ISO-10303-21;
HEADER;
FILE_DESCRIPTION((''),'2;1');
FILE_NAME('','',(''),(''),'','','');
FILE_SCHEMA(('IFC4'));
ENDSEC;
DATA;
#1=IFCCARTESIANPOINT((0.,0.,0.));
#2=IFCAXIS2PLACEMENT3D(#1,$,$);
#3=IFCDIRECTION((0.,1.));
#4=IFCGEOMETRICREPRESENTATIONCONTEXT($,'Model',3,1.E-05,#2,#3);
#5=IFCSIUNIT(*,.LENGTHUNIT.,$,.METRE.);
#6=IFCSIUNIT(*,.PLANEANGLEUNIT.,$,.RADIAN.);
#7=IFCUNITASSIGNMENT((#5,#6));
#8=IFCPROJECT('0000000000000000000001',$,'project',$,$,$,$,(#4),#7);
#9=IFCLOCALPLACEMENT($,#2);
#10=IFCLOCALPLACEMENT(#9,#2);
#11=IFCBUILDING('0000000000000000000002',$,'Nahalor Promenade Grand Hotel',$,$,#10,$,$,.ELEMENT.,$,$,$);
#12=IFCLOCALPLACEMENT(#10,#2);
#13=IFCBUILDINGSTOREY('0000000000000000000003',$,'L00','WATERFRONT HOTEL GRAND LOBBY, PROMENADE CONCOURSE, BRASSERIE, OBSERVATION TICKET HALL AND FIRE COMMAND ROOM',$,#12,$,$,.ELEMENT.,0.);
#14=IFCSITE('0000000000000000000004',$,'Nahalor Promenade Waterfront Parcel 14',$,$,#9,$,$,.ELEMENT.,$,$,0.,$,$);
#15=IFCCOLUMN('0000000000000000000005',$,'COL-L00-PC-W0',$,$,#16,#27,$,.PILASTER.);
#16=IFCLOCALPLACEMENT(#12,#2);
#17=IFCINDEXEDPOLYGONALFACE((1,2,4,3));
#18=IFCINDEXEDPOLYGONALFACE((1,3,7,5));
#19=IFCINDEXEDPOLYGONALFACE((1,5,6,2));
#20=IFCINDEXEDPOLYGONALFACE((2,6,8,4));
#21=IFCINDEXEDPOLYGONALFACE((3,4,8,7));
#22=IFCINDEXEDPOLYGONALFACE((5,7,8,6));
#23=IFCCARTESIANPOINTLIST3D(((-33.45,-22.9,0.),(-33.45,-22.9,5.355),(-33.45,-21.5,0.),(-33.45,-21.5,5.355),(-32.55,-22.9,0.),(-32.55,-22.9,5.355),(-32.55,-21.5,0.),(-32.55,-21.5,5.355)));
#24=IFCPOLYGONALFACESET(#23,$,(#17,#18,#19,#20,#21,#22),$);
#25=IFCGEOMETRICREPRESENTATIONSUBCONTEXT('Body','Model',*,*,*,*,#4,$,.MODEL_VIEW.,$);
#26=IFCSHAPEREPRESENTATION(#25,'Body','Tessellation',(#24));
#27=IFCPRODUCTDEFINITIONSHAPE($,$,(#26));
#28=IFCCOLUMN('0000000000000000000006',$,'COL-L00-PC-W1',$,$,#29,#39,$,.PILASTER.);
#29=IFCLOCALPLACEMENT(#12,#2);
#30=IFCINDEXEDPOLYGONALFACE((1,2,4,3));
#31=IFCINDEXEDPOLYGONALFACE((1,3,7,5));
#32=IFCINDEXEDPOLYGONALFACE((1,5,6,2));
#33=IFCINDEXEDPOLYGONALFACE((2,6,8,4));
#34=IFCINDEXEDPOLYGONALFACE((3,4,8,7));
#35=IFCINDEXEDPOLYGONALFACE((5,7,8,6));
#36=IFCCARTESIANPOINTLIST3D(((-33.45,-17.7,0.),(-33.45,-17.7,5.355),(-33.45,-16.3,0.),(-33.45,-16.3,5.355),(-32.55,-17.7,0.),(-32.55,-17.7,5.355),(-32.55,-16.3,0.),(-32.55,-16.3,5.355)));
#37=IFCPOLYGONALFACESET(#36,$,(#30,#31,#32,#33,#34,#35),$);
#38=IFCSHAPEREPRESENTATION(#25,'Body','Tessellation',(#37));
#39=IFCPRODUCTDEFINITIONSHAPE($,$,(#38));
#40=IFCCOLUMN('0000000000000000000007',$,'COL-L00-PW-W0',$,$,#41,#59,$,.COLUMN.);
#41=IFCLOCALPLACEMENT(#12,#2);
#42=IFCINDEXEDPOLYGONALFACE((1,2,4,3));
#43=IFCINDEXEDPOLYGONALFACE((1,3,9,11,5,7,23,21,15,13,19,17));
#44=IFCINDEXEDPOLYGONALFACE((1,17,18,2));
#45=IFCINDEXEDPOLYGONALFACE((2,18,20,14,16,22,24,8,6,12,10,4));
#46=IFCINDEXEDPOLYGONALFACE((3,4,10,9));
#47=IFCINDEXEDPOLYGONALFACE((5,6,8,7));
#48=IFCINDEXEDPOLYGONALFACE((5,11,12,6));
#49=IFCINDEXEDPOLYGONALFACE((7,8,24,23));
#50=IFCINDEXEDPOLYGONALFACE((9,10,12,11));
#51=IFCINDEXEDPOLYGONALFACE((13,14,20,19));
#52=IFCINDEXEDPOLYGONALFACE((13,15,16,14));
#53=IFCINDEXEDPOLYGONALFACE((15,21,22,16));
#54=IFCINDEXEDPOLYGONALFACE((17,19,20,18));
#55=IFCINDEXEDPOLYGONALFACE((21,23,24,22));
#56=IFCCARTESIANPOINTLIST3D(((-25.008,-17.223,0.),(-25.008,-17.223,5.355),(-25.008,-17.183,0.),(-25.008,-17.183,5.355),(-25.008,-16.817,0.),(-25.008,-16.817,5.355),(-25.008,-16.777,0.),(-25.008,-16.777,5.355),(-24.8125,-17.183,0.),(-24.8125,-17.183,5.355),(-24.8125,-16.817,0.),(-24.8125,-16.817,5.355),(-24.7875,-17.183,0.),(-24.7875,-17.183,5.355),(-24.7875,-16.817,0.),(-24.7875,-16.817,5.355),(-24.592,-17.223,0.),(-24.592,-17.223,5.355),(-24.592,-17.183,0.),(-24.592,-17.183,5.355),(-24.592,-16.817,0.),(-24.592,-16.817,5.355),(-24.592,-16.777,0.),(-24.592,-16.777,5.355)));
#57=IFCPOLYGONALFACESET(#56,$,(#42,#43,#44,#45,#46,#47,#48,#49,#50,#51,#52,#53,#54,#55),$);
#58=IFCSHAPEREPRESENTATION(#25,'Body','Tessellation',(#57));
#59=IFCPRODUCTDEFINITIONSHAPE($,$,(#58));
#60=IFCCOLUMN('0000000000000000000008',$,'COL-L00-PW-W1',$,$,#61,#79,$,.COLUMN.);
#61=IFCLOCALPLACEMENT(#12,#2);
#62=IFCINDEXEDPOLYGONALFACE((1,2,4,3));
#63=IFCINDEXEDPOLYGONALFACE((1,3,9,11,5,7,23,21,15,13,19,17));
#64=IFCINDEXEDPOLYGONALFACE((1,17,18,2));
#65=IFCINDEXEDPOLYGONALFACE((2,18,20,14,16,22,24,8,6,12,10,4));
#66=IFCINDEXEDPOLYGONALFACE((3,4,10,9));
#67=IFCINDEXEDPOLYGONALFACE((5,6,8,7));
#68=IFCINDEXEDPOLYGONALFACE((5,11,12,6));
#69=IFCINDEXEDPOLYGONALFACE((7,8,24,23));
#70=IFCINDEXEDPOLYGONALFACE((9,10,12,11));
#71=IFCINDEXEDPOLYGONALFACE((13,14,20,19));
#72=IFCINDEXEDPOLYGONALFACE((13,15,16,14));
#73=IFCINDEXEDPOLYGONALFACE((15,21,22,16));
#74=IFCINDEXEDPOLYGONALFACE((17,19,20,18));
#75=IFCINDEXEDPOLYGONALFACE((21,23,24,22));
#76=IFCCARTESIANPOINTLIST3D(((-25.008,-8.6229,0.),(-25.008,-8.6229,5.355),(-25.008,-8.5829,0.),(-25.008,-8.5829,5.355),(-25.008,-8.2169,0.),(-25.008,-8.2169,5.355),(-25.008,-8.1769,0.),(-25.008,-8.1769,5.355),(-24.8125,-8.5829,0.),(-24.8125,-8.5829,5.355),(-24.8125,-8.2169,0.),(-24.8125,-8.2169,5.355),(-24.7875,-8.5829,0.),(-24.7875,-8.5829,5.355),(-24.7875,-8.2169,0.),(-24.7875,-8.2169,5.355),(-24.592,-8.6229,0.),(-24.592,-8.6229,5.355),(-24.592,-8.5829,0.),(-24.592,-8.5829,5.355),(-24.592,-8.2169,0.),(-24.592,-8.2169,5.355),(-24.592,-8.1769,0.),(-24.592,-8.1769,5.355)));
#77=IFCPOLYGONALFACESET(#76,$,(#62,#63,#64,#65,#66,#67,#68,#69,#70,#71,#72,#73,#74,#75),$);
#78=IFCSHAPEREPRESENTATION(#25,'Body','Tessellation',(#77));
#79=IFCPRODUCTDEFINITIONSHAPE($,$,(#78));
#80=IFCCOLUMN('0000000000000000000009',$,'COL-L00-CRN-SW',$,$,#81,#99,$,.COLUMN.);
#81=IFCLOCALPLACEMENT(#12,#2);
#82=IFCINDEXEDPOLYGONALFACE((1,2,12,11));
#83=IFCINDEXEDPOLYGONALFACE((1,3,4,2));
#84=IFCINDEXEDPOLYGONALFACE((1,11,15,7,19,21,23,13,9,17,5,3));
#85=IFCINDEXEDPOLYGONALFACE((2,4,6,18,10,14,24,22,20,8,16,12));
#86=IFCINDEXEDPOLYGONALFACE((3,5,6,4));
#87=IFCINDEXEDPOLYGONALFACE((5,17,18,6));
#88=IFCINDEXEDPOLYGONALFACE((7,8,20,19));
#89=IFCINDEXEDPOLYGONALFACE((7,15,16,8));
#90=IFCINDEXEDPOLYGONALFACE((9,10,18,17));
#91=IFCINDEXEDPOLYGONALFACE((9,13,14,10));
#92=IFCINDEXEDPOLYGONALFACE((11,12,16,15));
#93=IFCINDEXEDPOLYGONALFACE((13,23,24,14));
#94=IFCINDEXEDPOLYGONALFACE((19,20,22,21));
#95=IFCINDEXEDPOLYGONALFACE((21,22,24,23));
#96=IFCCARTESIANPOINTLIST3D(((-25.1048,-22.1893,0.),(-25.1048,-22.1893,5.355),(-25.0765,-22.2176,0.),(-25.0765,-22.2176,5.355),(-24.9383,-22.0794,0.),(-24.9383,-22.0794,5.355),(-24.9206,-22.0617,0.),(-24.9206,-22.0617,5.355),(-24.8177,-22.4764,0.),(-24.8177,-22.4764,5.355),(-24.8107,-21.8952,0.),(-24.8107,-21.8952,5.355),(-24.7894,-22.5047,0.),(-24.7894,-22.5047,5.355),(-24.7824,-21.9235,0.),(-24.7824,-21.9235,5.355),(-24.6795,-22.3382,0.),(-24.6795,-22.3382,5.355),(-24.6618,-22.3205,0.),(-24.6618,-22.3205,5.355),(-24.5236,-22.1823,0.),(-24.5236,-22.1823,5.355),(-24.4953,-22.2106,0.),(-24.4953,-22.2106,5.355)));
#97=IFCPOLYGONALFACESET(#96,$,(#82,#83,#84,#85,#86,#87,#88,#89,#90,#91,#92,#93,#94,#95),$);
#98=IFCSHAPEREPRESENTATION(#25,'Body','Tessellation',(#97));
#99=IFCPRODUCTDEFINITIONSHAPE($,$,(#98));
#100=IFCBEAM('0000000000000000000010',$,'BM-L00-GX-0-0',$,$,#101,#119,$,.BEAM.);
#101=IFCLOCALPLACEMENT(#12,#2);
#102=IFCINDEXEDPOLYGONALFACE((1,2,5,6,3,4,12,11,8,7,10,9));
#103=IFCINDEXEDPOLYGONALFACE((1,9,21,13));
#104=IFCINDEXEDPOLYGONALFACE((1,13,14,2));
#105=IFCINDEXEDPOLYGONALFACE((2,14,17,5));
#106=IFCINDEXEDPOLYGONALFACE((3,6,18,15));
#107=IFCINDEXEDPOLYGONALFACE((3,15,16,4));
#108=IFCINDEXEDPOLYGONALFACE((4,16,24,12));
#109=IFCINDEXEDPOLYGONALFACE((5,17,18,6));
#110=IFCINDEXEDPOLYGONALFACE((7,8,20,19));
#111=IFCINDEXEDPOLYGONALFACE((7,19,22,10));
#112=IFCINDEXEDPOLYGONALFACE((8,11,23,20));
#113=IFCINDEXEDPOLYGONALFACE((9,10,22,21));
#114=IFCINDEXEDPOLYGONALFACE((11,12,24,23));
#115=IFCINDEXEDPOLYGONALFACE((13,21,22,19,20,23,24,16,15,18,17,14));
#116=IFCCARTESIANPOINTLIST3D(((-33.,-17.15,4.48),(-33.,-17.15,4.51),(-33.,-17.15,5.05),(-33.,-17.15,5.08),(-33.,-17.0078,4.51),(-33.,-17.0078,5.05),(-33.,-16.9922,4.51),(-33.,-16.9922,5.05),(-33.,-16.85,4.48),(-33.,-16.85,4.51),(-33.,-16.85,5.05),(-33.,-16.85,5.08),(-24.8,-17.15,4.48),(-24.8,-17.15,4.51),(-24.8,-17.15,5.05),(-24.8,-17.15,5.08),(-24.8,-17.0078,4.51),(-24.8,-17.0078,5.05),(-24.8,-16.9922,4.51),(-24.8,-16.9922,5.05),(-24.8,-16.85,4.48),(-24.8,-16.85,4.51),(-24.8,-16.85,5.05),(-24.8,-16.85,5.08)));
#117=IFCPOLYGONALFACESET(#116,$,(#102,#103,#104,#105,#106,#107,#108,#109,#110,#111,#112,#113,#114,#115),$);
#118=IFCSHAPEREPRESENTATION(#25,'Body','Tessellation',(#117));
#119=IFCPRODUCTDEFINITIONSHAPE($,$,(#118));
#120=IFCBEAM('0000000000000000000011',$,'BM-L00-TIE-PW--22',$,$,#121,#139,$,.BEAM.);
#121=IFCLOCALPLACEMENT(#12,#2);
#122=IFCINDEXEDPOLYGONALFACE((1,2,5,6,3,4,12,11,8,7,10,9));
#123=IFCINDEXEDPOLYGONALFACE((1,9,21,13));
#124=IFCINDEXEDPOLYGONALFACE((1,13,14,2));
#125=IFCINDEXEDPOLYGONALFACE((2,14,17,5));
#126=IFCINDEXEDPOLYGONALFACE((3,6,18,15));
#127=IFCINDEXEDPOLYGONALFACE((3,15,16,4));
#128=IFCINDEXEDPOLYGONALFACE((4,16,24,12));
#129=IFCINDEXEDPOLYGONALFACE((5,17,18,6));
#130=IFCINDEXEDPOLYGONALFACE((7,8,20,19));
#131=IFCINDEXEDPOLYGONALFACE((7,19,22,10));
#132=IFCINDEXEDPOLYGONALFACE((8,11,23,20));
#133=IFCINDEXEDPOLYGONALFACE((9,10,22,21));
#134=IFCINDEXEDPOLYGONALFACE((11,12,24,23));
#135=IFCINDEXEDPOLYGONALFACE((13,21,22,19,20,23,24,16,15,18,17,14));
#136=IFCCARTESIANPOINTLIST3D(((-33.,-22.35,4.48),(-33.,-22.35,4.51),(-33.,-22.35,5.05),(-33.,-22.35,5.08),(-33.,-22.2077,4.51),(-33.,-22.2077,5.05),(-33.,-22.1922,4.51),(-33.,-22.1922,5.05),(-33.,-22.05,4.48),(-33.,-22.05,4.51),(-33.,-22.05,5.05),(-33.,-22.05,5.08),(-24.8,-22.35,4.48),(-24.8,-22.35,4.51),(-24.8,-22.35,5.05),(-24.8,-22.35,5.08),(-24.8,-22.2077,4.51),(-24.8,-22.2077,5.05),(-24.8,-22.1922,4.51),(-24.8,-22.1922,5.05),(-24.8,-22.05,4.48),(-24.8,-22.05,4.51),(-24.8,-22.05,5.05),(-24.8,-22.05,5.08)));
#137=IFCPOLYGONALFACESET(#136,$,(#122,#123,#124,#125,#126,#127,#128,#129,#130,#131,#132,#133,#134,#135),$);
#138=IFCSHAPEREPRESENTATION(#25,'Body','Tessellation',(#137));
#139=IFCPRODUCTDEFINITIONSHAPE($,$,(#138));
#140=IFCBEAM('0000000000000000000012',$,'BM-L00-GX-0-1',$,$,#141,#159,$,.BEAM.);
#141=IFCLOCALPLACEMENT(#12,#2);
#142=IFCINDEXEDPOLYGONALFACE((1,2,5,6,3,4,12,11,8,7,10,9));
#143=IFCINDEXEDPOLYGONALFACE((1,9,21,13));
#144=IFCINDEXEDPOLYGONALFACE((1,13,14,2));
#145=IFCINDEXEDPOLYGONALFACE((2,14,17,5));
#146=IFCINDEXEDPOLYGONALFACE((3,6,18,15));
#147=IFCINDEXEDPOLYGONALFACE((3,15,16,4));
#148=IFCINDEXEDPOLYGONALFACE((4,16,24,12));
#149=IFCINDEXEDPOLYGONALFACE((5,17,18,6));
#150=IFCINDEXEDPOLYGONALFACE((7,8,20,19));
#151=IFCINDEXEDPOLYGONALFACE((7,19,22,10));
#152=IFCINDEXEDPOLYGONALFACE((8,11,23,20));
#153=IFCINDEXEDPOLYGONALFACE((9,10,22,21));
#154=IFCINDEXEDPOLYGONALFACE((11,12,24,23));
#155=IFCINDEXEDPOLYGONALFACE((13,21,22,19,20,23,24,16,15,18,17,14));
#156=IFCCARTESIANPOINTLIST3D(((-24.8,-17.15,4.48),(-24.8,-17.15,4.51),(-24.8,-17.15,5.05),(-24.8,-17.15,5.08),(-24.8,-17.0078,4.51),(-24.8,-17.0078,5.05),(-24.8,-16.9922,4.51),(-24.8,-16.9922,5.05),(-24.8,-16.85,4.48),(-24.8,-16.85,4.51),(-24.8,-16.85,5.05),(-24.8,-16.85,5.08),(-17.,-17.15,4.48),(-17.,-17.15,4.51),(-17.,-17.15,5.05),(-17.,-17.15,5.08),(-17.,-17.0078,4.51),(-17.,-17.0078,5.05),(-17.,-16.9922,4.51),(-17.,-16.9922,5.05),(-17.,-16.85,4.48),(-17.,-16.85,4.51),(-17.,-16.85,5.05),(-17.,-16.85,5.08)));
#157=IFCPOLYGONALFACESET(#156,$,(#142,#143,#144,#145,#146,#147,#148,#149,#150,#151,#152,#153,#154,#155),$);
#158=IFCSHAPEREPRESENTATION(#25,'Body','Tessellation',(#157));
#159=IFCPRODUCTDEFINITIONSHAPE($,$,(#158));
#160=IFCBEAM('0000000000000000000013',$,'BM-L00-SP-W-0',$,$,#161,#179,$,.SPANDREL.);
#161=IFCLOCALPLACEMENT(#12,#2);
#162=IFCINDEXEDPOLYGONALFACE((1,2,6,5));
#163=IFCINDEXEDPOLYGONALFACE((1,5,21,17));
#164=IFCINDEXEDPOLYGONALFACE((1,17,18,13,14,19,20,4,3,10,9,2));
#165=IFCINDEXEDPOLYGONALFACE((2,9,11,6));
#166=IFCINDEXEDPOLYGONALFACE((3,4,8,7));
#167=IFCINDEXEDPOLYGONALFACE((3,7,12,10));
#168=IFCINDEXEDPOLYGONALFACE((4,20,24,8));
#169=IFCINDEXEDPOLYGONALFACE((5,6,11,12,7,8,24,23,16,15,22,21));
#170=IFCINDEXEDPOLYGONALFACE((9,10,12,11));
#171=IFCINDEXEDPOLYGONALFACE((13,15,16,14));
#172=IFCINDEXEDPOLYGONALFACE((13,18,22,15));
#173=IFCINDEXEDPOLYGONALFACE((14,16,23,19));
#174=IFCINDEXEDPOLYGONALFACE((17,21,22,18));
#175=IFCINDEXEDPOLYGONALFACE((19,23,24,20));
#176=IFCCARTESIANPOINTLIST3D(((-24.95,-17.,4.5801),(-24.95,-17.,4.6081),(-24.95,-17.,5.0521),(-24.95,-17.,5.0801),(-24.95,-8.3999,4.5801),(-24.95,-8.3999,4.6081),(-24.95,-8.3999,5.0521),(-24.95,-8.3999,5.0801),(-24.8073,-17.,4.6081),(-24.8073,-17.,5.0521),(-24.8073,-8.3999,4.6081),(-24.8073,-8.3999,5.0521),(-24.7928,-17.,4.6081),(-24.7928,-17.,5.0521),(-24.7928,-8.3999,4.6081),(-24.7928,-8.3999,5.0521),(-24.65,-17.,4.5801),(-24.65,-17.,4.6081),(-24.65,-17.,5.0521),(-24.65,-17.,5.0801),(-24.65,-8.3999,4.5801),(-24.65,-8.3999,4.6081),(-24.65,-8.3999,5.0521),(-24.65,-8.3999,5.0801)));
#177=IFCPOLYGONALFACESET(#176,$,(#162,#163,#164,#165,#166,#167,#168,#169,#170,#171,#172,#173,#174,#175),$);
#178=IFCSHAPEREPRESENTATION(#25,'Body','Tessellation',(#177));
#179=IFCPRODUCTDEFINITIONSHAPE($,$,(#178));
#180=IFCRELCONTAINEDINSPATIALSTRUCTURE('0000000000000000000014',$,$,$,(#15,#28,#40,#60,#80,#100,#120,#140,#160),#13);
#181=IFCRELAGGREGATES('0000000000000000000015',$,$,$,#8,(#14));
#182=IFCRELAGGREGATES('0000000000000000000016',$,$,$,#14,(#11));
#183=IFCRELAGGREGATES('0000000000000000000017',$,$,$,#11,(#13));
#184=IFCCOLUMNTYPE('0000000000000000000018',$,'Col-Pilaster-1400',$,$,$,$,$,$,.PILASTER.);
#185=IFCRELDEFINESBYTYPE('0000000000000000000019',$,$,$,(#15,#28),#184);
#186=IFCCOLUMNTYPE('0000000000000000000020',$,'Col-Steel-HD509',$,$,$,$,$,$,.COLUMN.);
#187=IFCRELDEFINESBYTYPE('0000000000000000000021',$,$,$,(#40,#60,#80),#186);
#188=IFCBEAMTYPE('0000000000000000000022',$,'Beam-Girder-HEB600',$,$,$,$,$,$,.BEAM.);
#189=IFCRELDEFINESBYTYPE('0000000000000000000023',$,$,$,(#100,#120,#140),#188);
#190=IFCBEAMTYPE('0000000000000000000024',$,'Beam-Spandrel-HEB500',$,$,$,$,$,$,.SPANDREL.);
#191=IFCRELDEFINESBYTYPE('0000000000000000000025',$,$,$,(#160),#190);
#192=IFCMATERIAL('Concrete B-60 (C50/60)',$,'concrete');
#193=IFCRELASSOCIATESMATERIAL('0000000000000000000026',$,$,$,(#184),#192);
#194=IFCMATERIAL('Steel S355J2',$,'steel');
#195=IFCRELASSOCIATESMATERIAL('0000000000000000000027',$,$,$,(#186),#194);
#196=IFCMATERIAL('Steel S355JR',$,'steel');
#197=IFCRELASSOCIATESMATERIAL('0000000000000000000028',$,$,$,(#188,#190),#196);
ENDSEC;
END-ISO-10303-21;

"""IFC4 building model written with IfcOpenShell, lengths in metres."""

from ifc_helpers import new_model, si_unit, direction, frame, origin, origin_2d, place, context, subcontext, project, spatial, rectangle, i_section, extrude, source, transform, mapped, material, material_profile, profile_set, type_object, element, save


model = new_model("IFC4")

# Units and contexts
model_context = context("Model", 3, precision=1e-05, world=origin(), true_north=direction((0.0, 1.0)))
body_context = subcontext(model_context, "Body", "Model", "MODEL_VIEW")
ifc_project = project(units=[si_unit("LENGTHUNIT", "METRE"), si_unit("PLANEANGLEUNIT", "RADIAN")], contexts=[model_context])

# Site, building, storey
site_placement = place(None, origin())
site = spatial("IfcSite", under=ifc_project, at=site_placement, Name="Nahalor Promenade Waterfront Parcel 14", CompositionType="ELEMENT", RefElevation=0.0)
building_placement = place(site_placement, origin())
building = spatial("IfcBuilding", under=site, at=building_placement, Name="Nahalor Promenade Grand Hotel", CompositionType="ELEMENT")
storey_placement = place(building_placement, origin())
storey = spatial("IfcBuildingStorey", under=building, at=storey_placement, Name="L00", Description="WATERFRONT HOTEL GRAND LOBBY, PROMENADE CONCOURSE, BRASSERIE, OBSERVATION TICKET HALL AND FIRE COMMAND ROOM", CompositionType="ELEMENT", Elevation=0.0)

# Columns
ifc_material_1 = material(Name="Concrete B-60 (C50/60)", Category="concrete")
ifc_material_profile_1 = material_profile(ifc_material_1, rectangle(XDim=0.9, YDim=1.4, at=origin_2d()), Name="RC 900x1400")
ifc_profile_set_1 = profile_set([ifc_material_profile_1], Name="Concrete B-60 (C50/60)")
column_type_1 = type_object("IfcColumnType", Name="Col-Pilaster-1400", PredefinedType="PILASTER", material=ifc_profile_set_1)
shared_shape_1 = source(origin(), body_context, "Body", "SweptSolid", [
    extrude(rectangle(XDim=0.9, YDim=1.4, at=origin_2d()), origin(), (0.0, 0.0, 1.0), 5.355),
])
for number, where, z_axis, x_axis, name in (
    (1, (-33.0, -22.2, 0.0), (0.0, 0.0, 1.0), (1.0, 0.0, 0.0), "COL-L00-PC-W0"),
    (2, (-33.0, -17.0, 0.0), (0.0, 0.0, 1.0), (1.0, 0.0, 0.0), "COL-L00-PC-W1"),
):
    element("IfcColumn", number, at=place(storey_placement, frame(where, z_axis=z_axis, x_axis=x_axis)), inside=storey, type_object=column_type_1, Name=name, PredefinedType="PILASTER", context=body_context, shape_type="MappedRepresentation", body=[
        mapped(shared_shape_1, transform((0.0, 0.0, 0.0), scale=1.0)),
    ])
ifc_material_2 = material(Name="Steel S355J2", Category="steel")
ifc_material_profile_2 = material_profile(ifc_material_2, i_section(OverallWidth=0.416, OverallDepth=0.446, WebThickness=0.025, FlangeThickness=0.04, at=origin_2d()), Name="HD 400x509")
ifc_profile_set_2 = profile_set([ifc_material_profile_2], Name="Steel S355J2")
column_type_2 = type_object("IfcColumnType", Name="Col-Steel-HD509", PredefinedType="COLUMN", material=ifc_profile_set_2)
shared_shape_2 = source(origin(), body_context, "Body", "SweptSolid", [
    extrude(i_section(OverallWidth=0.416, OverallDepth=0.446, WebThickness=0.025, FlangeThickness=0.04, at=origin_2d()), origin(), (0.0, 0.0, 1.0), 5.355),
])
for number, where, z_axis, x_axis, name in (
    (3, (-24.8, -17.0, 0.0), (0.0, 0.0, 1.0), (1.0, 0.0, 0.0), "COL-L00-PW-W0"),
    (4, (-24.8, -8.3999, 0.0), (0.0, 0.0, 1.0), (1.0, 0.0, 0.0), "COL-L00-PW-W1"),
    (5, (-24.8, -22.2, 0.0), (0.0, 0.0, 1.0), (0.707107, 0.707107, 0.0), "COL-L00-CRN-SW"),
):
    element("IfcColumn", number, at=place(storey_placement, frame(where, z_axis=z_axis, x_axis=x_axis)), inside=storey, type_object=column_type_2, Name=name, PredefinedType="COLUMN", context=body_context, shape_type="MappedRepresentation", body=[
        mapped(shared_shape_2, transform((0.0, 0.0, 0.0), scale=1.0)),
    ])

# Beams
ifc_material_3 = material(Name="Steel S355JR", Category="steel")
ifc_material_profile_3 = material_profile(ifc_material_3, i_section(OverallWidth=0.3, OverallDepth=0.6, WebThickness=0.0155, FlangeThickness=0.03, at=origin_2d()), Name="HEB 600")
ifc_profile_set_3 = profile_set([ifc_material_profile_3], Name="Steel S355JR")
beam_type_1 = type_object("IfcBeamType", Name="Beam-Girder-HEB600", PredefinedType="BEAM", material=ifc_profile_set_3)
shared_shape_3 = source(origin(), body_context, "Body", "SweptSolid", [
    extrude(i_section(OverallWidth=0.3, OverallDepth=0.6, WebThickness=0.0155, FlangeThickness=0.03, at=origin_2d()), origin(), (0.0, 0.0, 1.0), 8.2),
])
for number, where, z_axis, x_axis, name in (
    (6, (-33.0, -17.0, 4.78), (1.0, 0.0, 0.0), (0.0, 1.0, 0.0), "BM-L00-GX-0-0"),
    (7, (-24.8, -22.2, 4.78), (-1.0, 0.0, 0.0), (0.0, -1.0, 0.0), "BM-L00-TIE-PW--22"),
):
    element("IfcBeam", number, at=place(storey_placement, frame(where, z_axis=z_axis, x_axis=x_axis)), inside=storey, type_object=beam_type_1, Name=name, PredefinedType="BEAM", context=body_context, shape_type="MappedRepresentation", body=[
        mapped(shared_shape_3, transform((0.0, 0.0, 0.0), scale=1.0)),
    ])
shared_shape_4 = source(origin(), body_context, "Body", "SweptSolid", [
    extrude(i_section(OverallWidth=0.3, OverallDepth=0.6, WebThickness=0.0155, FlangeThickness=0.03, at=origin_2d()), origin(), (0.0, 0.0, 1.0), 7.8),
])
beam_1_placement = place(storey_placement, frame((-24.8, -17.0, 4.78), z_axis=(1.0, 0.0, 0.0), x_axis=(0.0, 1.0, 0.0)))
element("IfcBeam", 8, at=beam_1_placement, inside=storey, type_object=beam_type_1, Name="BM-L00-GX-0-1", PredefinedType="BEAM", context=body_context, shape_type="MappedRepresentation", body=[
    mapped(shared_shape_4, transform((0.0, 0.0, 0.0), scale=1.0)),
])
ifc_material_profile_4 = material_profile(ifc_material_3, i_section(OverallWidth=0.3, OverallDepth=0.5, WebThickness=0.0145, FlangeThickness=0.028, at=origin_2d()), Name="HEB 500")
ifc_profile_set_4 = profile_set([ifc_material_profile_4], Name="Steel S355JR")
beam_type_2 = type_object("IfcBeamType", Name="Beam-Spandrel-HEB500", PredefinedType="SPANDREL", material=ifc_profile_set_4)
shared_shape_5 = source(origin(), body_context, "Body", "SweptSolid", [
    extrude(i_section(OverallWidth=0.3, OverallDepth=0.5, WebThickness=0.0145, FlangeThickness=0.028, at=origin_2d()), origin(), (0.0, 0.0, 1.0), 8.6001),
])
beam_2_placement = place(storey_placement, frame((-24.8, -17.0, 4.8301), z_axis=(0.0, 1.0, 0.0), x_axis=(-1.0, 0.0, 0.0)))
element("IfcBeam", 9, at=beam_2_placement, inside=storey, type_object=beam_type_2, Name="BM-L00-SP-W-0", PredefinedType="SPANDREL", context=body_context, shape_type="MappedRepresentation", body=[
    mapped(shared_shape_5, transform((0.0, 0.0, 0.0), scale=1.0)),
])

save(model, "model.ifc")
